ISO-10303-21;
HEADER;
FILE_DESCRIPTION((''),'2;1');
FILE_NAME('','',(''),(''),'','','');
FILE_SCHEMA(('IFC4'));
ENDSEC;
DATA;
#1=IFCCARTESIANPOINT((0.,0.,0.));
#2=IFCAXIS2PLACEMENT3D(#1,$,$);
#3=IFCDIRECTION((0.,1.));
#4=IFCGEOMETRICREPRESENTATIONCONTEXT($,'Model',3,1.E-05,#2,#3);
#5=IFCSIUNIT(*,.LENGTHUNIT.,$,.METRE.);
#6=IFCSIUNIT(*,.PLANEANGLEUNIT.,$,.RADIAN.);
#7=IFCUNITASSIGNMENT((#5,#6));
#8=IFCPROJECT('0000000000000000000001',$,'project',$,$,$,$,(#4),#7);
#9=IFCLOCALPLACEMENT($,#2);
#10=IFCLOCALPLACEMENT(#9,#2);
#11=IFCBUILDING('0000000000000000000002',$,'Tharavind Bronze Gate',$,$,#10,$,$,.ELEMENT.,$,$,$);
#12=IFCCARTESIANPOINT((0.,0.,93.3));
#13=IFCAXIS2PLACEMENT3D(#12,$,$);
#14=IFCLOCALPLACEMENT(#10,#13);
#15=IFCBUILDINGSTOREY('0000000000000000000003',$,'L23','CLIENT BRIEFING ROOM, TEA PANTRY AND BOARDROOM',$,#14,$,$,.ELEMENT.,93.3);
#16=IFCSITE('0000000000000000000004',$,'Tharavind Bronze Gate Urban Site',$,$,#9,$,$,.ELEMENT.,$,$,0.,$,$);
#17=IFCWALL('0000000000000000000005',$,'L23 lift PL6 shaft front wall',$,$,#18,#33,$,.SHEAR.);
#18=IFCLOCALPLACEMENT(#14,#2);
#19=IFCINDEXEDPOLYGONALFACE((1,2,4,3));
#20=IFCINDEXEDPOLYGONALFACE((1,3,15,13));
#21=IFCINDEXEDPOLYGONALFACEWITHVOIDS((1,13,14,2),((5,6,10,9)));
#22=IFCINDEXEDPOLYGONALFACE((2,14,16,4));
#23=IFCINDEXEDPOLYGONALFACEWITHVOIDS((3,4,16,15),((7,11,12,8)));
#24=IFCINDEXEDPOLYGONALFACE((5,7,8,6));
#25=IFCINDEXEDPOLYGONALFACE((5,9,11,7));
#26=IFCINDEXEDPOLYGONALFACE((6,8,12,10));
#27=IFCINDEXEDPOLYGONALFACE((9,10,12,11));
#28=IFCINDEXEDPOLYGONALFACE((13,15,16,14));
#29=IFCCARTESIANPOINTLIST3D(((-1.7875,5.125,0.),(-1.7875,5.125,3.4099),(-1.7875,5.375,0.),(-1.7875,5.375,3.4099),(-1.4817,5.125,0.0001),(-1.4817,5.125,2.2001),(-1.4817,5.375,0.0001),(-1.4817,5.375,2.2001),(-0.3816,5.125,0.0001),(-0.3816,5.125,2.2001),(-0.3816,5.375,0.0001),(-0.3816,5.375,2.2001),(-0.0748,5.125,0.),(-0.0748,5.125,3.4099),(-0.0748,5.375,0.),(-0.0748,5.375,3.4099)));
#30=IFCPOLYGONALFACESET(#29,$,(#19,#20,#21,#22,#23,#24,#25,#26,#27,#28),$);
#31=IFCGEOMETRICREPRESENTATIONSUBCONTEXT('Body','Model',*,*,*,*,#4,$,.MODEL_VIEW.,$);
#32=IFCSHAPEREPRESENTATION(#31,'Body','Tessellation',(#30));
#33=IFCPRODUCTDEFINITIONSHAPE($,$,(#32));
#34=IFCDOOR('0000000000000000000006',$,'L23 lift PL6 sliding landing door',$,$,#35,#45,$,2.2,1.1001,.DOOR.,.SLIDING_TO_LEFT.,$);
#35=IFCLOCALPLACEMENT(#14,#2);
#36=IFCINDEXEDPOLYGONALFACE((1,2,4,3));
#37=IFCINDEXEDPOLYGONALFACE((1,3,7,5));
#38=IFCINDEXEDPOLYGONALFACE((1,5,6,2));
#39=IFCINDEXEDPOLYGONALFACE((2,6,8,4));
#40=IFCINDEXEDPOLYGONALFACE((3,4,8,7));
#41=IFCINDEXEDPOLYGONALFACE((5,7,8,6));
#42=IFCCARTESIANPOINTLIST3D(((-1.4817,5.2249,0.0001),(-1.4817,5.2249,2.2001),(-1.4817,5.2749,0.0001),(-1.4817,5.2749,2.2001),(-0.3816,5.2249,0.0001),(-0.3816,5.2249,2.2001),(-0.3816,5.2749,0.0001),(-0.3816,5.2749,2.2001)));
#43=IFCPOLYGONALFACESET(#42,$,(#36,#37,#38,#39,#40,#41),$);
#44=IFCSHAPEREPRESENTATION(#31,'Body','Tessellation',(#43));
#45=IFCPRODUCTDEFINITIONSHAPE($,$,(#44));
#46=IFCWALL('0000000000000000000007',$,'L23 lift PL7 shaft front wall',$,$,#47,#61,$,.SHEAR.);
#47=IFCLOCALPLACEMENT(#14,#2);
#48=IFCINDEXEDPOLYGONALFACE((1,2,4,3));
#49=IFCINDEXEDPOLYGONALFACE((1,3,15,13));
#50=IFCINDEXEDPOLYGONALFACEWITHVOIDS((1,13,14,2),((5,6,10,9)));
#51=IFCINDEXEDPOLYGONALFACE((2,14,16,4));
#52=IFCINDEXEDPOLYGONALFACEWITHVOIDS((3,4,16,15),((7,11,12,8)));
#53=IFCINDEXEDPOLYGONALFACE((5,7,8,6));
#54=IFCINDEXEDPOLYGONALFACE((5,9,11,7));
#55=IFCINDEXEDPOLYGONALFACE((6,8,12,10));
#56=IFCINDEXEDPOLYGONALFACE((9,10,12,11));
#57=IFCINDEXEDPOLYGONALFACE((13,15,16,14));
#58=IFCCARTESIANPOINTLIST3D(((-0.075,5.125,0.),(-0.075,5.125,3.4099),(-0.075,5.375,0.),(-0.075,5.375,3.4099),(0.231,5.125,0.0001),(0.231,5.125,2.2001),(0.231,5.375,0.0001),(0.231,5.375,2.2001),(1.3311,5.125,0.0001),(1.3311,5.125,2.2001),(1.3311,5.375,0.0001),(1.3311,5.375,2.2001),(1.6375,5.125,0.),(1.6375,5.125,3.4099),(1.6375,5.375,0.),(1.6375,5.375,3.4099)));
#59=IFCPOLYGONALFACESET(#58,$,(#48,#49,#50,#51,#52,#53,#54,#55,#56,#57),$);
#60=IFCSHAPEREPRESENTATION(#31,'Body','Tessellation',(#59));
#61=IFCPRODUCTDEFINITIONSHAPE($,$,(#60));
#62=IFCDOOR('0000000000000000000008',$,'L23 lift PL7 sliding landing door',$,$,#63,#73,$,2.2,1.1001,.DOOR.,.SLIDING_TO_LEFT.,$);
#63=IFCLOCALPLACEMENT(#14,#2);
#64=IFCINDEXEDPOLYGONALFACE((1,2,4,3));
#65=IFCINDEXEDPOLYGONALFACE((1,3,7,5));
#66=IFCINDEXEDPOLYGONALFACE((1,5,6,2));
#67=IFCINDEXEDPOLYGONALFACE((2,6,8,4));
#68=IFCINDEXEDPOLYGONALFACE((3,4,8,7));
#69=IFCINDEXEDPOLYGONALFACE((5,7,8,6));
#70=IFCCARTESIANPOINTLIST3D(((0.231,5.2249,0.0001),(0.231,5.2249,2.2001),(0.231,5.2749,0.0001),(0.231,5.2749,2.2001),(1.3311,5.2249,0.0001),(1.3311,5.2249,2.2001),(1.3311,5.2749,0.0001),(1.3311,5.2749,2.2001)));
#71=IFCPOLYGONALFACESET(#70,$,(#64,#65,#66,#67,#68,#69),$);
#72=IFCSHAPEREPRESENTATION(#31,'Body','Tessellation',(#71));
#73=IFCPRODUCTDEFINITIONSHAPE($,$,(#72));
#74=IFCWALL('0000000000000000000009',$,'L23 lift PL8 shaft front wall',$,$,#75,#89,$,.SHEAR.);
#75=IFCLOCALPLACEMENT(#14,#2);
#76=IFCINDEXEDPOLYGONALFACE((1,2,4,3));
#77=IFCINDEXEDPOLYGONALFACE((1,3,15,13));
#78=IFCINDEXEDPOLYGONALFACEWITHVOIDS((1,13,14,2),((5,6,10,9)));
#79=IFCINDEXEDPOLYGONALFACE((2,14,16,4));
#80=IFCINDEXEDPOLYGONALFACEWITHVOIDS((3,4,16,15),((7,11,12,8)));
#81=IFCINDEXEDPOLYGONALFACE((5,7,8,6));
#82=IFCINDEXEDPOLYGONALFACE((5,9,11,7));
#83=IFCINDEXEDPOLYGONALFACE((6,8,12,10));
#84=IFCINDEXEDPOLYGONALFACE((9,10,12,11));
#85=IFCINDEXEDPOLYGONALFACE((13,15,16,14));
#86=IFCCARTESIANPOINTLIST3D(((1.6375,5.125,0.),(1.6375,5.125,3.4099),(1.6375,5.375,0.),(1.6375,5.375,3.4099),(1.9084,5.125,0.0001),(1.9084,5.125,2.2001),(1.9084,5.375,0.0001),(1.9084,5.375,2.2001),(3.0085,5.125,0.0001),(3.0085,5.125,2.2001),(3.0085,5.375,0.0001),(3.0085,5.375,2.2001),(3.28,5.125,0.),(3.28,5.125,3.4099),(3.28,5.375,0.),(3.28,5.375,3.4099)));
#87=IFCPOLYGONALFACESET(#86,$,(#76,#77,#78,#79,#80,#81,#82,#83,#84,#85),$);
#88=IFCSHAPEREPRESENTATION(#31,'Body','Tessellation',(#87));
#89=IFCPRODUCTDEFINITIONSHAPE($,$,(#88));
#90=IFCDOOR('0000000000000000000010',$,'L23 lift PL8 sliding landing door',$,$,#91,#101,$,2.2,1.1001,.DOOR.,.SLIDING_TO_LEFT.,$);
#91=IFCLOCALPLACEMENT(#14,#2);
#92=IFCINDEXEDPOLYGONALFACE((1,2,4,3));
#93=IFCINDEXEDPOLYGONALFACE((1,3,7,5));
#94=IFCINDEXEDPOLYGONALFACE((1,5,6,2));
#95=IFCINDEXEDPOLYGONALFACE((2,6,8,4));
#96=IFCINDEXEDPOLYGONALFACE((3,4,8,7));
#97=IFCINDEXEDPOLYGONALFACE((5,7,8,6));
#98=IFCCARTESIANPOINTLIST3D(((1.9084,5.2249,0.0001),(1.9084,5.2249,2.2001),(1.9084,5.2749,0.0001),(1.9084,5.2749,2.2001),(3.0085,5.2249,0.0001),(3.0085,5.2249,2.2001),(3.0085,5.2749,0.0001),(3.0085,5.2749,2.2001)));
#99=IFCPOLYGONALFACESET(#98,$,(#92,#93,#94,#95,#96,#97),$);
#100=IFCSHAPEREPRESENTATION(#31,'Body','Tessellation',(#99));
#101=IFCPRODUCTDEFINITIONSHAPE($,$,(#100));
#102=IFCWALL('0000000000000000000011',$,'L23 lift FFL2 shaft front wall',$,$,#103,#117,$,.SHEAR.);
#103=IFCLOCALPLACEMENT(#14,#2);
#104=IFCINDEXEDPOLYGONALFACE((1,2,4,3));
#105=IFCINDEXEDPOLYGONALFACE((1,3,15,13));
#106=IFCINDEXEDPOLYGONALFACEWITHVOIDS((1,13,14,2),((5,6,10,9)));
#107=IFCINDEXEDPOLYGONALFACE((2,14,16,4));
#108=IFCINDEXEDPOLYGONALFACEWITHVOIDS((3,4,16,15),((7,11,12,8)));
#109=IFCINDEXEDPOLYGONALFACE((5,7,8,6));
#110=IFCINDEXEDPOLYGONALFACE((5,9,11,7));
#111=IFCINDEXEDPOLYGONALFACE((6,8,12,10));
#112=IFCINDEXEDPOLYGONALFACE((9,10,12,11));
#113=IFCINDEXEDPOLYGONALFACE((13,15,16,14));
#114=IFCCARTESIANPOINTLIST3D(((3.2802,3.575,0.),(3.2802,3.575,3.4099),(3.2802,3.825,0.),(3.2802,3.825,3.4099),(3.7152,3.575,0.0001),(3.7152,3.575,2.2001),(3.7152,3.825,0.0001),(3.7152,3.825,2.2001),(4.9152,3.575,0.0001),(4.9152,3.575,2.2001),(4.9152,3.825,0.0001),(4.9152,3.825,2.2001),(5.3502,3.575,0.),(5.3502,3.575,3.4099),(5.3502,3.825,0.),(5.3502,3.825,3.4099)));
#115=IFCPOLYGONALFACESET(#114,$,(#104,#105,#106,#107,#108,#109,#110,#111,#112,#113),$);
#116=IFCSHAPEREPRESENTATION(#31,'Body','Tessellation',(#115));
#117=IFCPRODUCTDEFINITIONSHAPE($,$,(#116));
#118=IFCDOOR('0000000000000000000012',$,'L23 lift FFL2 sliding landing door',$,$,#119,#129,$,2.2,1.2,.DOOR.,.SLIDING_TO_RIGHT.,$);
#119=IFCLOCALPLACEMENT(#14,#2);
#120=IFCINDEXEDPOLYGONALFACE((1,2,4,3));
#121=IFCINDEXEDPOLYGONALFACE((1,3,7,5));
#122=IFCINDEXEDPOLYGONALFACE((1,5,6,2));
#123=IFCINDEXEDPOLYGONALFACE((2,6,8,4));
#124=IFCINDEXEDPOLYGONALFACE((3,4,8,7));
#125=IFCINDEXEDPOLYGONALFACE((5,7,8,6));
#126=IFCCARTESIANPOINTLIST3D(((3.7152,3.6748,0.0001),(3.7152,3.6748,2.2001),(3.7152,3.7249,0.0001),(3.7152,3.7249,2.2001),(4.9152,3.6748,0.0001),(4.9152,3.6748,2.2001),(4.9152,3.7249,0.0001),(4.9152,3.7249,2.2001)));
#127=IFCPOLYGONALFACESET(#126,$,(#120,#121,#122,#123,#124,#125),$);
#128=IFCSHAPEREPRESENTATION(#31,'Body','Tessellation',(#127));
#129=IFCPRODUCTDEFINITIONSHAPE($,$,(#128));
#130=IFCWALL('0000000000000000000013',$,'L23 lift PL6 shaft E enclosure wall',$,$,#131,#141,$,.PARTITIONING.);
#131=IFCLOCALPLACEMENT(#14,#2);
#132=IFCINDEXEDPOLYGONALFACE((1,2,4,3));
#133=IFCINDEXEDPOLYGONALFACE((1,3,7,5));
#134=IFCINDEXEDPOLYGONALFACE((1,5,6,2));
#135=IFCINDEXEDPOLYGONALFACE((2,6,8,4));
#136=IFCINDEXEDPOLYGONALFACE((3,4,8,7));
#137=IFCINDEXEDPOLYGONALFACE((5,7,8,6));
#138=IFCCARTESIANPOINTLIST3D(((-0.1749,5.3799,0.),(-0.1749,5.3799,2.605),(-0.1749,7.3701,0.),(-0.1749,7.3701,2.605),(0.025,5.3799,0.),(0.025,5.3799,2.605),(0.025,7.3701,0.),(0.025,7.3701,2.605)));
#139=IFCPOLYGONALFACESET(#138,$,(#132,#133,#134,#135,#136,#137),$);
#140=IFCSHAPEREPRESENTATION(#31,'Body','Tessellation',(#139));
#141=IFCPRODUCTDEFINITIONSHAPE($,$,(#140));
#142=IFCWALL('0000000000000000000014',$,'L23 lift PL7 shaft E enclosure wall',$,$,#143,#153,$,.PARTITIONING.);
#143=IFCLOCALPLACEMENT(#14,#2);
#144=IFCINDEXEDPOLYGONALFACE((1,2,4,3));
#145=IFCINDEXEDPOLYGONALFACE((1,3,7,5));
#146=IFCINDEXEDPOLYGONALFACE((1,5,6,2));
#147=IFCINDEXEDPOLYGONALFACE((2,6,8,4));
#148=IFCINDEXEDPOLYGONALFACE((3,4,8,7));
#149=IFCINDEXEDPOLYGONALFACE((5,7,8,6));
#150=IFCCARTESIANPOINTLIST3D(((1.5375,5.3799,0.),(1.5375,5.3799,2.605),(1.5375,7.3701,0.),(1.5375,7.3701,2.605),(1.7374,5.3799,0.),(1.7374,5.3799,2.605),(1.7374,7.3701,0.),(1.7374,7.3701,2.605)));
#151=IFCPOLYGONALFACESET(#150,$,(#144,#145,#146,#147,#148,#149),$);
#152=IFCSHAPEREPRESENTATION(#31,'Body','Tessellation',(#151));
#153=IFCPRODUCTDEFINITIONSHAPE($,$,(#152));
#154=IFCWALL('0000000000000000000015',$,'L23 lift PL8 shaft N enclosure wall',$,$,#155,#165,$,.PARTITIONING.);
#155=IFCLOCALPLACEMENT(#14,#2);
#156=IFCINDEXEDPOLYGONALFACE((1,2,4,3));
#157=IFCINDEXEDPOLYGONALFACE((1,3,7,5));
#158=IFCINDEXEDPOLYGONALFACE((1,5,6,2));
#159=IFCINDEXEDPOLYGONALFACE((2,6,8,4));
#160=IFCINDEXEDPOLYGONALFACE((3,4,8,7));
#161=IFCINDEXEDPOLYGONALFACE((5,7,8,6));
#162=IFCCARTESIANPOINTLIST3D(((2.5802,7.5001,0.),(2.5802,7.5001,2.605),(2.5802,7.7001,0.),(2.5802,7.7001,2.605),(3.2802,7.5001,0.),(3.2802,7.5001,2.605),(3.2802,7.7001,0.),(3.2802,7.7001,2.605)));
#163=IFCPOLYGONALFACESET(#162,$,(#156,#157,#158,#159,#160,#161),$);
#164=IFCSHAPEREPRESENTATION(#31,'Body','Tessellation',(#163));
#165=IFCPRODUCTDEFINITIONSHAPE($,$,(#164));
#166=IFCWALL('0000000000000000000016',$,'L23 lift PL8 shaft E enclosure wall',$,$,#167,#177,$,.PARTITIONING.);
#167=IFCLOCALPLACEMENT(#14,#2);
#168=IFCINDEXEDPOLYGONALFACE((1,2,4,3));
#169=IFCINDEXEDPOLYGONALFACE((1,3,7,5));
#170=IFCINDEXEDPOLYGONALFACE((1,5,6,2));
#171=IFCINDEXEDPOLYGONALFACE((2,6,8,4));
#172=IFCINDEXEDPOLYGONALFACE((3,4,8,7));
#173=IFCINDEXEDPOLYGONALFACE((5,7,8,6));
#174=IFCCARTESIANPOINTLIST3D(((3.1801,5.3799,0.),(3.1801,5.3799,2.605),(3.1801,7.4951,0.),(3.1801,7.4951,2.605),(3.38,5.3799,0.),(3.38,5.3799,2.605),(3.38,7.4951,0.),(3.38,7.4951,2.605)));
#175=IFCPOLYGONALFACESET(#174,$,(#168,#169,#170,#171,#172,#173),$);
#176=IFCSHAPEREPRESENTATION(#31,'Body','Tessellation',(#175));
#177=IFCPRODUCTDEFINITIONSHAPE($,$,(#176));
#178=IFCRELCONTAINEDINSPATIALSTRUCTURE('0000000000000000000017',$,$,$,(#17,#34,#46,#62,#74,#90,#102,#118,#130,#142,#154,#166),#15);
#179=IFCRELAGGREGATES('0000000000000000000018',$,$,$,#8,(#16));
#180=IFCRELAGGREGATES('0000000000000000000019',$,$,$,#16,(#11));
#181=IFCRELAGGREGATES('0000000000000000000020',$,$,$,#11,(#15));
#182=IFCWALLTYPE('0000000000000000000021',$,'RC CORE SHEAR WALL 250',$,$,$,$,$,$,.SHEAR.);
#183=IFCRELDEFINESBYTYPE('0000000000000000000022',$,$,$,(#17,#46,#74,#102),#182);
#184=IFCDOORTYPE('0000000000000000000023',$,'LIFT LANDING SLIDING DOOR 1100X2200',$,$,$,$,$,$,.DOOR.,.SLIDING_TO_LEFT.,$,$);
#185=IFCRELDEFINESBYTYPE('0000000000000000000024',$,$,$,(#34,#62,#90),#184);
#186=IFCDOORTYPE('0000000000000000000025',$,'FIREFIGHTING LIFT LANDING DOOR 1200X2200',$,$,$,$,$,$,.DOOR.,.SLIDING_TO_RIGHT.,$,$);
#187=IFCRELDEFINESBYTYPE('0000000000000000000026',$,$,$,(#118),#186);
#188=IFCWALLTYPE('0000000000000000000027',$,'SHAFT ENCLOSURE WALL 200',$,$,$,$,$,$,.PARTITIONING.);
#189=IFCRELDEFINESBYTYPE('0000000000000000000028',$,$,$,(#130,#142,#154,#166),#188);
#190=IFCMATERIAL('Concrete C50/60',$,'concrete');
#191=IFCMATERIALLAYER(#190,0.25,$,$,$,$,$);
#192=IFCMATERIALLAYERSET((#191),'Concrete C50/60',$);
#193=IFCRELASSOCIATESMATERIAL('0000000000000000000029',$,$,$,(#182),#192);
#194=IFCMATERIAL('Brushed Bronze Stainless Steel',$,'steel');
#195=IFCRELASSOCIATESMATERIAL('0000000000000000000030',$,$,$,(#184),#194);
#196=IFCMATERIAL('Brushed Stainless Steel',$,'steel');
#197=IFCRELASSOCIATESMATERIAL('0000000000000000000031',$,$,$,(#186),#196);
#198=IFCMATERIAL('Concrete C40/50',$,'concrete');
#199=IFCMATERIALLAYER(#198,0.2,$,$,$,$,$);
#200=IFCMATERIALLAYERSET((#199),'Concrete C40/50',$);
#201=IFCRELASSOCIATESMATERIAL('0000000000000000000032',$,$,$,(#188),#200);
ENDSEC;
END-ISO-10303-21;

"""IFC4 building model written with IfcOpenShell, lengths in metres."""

from ifc_helpers import new_model, si_unit, direction, frame, frame_2d, origin, place, context, subcontext, project, spatial, rectangle, extrude, material, layer, layer_set, type_object, element, fill, save


model = new_model("IFC4")

# Units and contexts
model_context = context("Model", 3, precision=1e-05, world=origin(), true_north=direction((0.0, 1.0)))
body_context = subcontext(model_context, "Body", "Model", "MODEL_VIEW")
ifc_project = project(units=[si_unit("LENGTHUNIT", "METRE"), si_unit("PLANEANGLEUNIT", "RADIAN")], contexts=[model_context])

# Site, building, storey
site_placement = place(None, origin())
site = spatial("IfcSite", under=ifc_project, at=site_placement, Name="Tharavind Bronze Gate Urban Site", CompositionType="ELEMENT", RefElevation=0.0)
building_placement = place(site_placement, origin())
building = spatial("IfcBuilding", under=site, at=building_placement, Name="Tharavind Bronze Gate", CompositionType="ELEMENT")
storey_placement = place(building_placement, frame((0.0, 0.0, 93.3)))
storey = spatial("IfcBuildingStorey", under=building, at=storey_placement, Name="L23", Description="CLIENT BRIEFING ROOM, TEA PANTRY AND BOARDROOM", CompositionType="ELEMENT", Elevation=93.3)

# Walls, openings, doors
ifc_material_1 = material(Name="Concrete C50/60", Category="concrete")
ifc_layer_1 = layer(ifc_material_1, 0.25)
ifc_layer_set_1 = layer_set([ifc_layer_1], Name="Concrete C50/60")
wall_type_1 = type_object("IfcWallType", Name="RC CORE SHEAR WALL 250", PredefinedType="SHEAR", material=ifc_layer_set_1)
wall_1_placement = place(storey_placement, frame((-1.7876, 5.25, 0.0), z_axis=(0.0, 0.0, 1.0), x_axis=(1.0, 0.0, 0.0)))
wall_1 = element("IfcWall", 1, at=wall_1_placement, inside=storey, type_object=wall_type_1, Name="L23 lift PL6 shaft front wall", PredefinedType="SHEAR", context=body_context, shape_type="SweptSolid", body=[
    extrude(rectangle(XDim=1.7126, YDim=0.25, at=frame_2d((0.8564, 0.0))), origin(), (0.0, 0.0, 1.0), 3.4099),
])
opening_1_placement = place(wall_1_placement, frame((0.3059, 0.0, 0.0)))
opening_1 = element("IfcOpeningElement", 2, at=opening_1_placement, cuts=wall_1, PredefinedType="OPENING", context=body_context, shape_type="SweptSolid", body=[
    extrude(rectangle(XDim=1.1001, YDim=2.2, at=frame_2d((0.55, 1.1001))), frame((0.0, 0.135, 0.0), z_axis=(0.0, -1.0, 0.0), x_axis=(1.0, 0.0, 0.0)), (0.0, 0.0, 1.0), 0.27),
])
ifc_material_2 = material(Name="Brushed Bronze Stainless Steel", Category="steel")
door_type_1 = type_object("IfcDoorType", Name="LIFT LANDING SLIDING DOOR 1100X2200", OperationType="SLIDING_TO_LEFT", PredefinedType="DOOR", material=ifc_material_2)
door_1_placement = place(opening_1_placement, origin())
door_1 = element("IfcDoor", 3, at=door_1_placement, inside=storey, type_object=door_type_1, Name="L23 lift PL6 sliding landing door", OperationType="SLIDING_TO_LEFT", OverallHeight=2.2, OverallWidth=1.1001, PredefinedType="DOOR", context=body_context, shape_type="SweptSolid", body=[
    extrude(rectangle(XDim=1.1001, YDim=2.2, at=frame_2d((0.55, 1.1001))), frame((0.0, 0.0249, 0.0), z_axis=(0.0, -1.0, 0.0), x_axis=(1.0, 0.0, 0.0)), (0.0, 0.0, 1.0), 0.05),
])
fill(opening_1, door_1)
wall_2_placement = place(storey_placement, frame((-0.075, 5.25, 0.0), z_axis=(0.0, 0.0, 1.0), x_axis=(1.0, 0.0, 0.0)))
wall_2 = element("IfcWall", 4, at=wall_2_placement, inside=storey, type_object=wall_type_1, Name="L23 lift PL7 shaft front wall", PredefinedType="SHEAR", context=body_context, shape_type="SweptSolid", body=[
    extrude(rectangle(XDim=1.7124, YDim=0.25, at=frame_2d((0.8562, 0.0))), origin(), (0.0, 0.0, 1.0), 3.4099),
])
opening_2_placement = place(wall_2_placement, frame((0.3059, 0.0, 0.0)))
opening_2 = element("IfcOpeningElement", 5, at=opening_2_placement, cuts=wall_2, PredefinedType="OPENING", context=body_context, shape_type="SweptSolid", body=[
    extrude(rectangle(XDim=1.1001, YDim=2.2, at=frame_2d((0.55, 1.1001))), frame((0.0, 0.135, 0.0), z_axis=(0.0, -1.0, 0.0), x_axis=(1.0, 0.0, 0.0)), (0.0, 0.0, 1.0), 0.27),
])
door_2_placement = place(opening_2_placement, origin())
door_2 = element("IfcDoor", 6, at=door_2_placement, inside=storey, type_object=door_type_1, Name="L23 lift PL7 sliding landing door", OperationType="SLIDING_TO_LEFT", OverallHeight=2.2, OverallWidth=1.1001, PredefinedType="DOOR", context=body_context, shape_type="SweptSolid", body=[
    extrude(rectangle(XDim=1.1001, YDim=2.2, at=frame_2d((0.55, 1.1001))), frame((0.0, 0.0249, 0.0), z_axis=(0.0, -1.0, 0.0), x_axis=(1.0, 0.0, 0.0)), (0.0, 0.0, 1.0), 0.05),
])
fill(opening_2, door_2)
wall_3_placement = place(storey_placement, frame((1.6375, 5.25, 0.0), z_axis=(0.0, 0.0, 1.0), x_axis=(1.0, 0.0, 0.0)))
wall_3 = element("IfcWall", 7, at=wall_3_placement, inside=storey, type_object=wall_type_1, Name="L23 lift PL8 shaft front wall", PredefinedType="SHEAR", context=body_context, shape_type="SweptSolid", body=[
    extrude(rectangle(XDim=1.6426, YDim=0.25, at=frame_2d((0.8213, 0.0))), origin(), (0.0, 0.0, 1.0), 3.4099),
])
opening_3_placement = place(wall_3_placement, frame((0.271, 0.0, 0.0)))
opening_3 = element("IfcOpeningElement", 8, at=opening_3_placement, cuts=wall_3, PredefinedType="OPENING", context=body_context, shape_type="SweptSolid", body=[
    extrude(rectangle(XDim=1.1001, YDim=2.2, at=frame_2d((0.55, 1.1001))), frame((0.0, 0.135, 0.0), z_axis=(0.0, -1.0, 0.0), x_axis=(1.0, 0.0, 0.0)), (0.0, 0.0, 1.0), 0.27),
])
door_3_placement = place(opening_3_placement, origin())
door_3 = element("IfcDoor", 9, at=door_3_placement, inside=storey, type_object=door_type_1, Name="L23 lift PL8 sliding landing door", OperationType="SLIDING_TO_LEFT", OverallHeight=2.2, OverallWidth=1.1001, PredefinedType="DOOR", context=body_context, shape_type="SweptSolid", body=[
    extrude(rectangle(XDim=1.1001, YDim=2.2, at=frame_2d((0.55, 1.1001))), frame((0.0, 0.0249, 0.0), z_axis=(0.0, -1.0, 0.0), x_axis=(1.0, 0.0, 0.0)), (0.0, 0.0, 1.0), 0.05),
])
fill(opening_3, door_3)
wall_4_placement = place(storey_placement, frame((3.28, 3.7, 0.0), z_axis=(0.0, 0.0, 1.0), x_axis=(1.0, 0.0, 0.0)))
wall_4 = element("IfcWall", 10, at=wall_4_placement, inside=storey, type_object=wall_type_1, Name="L23 lift FFL2 shaft front wall", PredefinedType="SHEAR", context=body_context, shape_type="SweptSolid", body=[
    extrude(rectangle(XDim=2.0701, YDim=0.25, at=frame_2d((1.0352, 0.0))), origin(), (0.0, 0.0, 1.0), 3.4099),
])
opening_4_placement = place(wall_4_placement, frame((0.4351, 0.0, 0.0)))
opening_4 = element("IfcOpeningElement", 11, at=opening_4_placement, cuts=wall_4, PredefinedType="OPENING", context=body_context, shape_type="SweptSolid", body=[
    extrude(rectangle(XDim=1.2, YDim=2.2, at=frame_2d((0.6001, 1.1001))), frame((0.0, 0.135, 0.0), z_axis=(0.0, -1.0, 0.0), x_axis=(1.0, 0.0, 0.0)), (0.0, 0.0, 1.0), 0.27),
])
ifc_material_3 = material(Name="Brushed Stainless Steel", Category="steel")
door_type_2 = type_object("IfcDoorType", Name="FIREFIGHTING LIFT LANDING DOOR 1200X2200", OperationType="SLIDING_TO_RIGHT", PredefinedType="DOOR", material=ifc_material_3)
door_4_placement = place(opening_4_placement, origin())
door_4 = element("IfcDoor", 12, at=door_4_placement, inside=storey, type_object=door_type_2, Name="L23 lift FFL2 sliding landing door", OperationType="SLIDING_TO_RIGHT", OverallHeight=2.2, OverallWidth=1.2, PredefinedType="DOOR", context=body_context, shape_type="SweptSolid", body=[
    extrude(rectangle(XDim=1.2, YDim=2.2, at=frame_2d((0.6001, 1.1001))), frame((0.0, 0.0249, 0.0), z_axis=(0.0, -1.0, 0.0), x_axis=(1.0, 0.0, 0.0)), (0.0, 0.0, 1.0), 0.05),
])
fill(opening_4, door_4)

# Walls
ifc_material_4 = material(Name="Concrete C40/50", Category="concrete")
ifc_layer_2 = layer(ifc_material_4, 0.2)
ifc_layer_set_2 = layer_set([ifc_layer_2], Name="Concrete C40/50")
wall_type_2 = type_object("IfcWallType", Name="SHAFT ENCLOSURE WALL 200", PredefinedType="PARTITIONING", material=ifc_layer_set_2)
for number, where, z_axis, x_axis, name in (
    (13, (-0.075, 5.3799, 0.0), (0.0, 0.0, 1.0), (0.0, 1.0, 0.0), "L23 lift PL6 shaft E enclosure wall"),
    (14, (1.6375, 5.3799, 0.0), (0.0, 0.0, 1.0), (0.0, 1.0, 0.0), "L23 lift PL7 shaft E enclosure wall"),
):
    element("IfcWall", number, at=place(storey_placement, frame(where, z_axis=z_axis, x_axis=x_axis)), inside=storey, type_object=wall_type_2, Name=name, PredefinedType="PARTITIONING", context=body_context, shape_type="SweptSolid", body=[
        extrude(rectangle(XDim=1.9902, YDim=0.2, at=frame_2d((0.9951, 0.0))), origin(), (0.0, 0.0, 1.0), 2.605),
    ])
wall_5_placement = place(storey_placement, frame((2.5801, 7.6001, 0.0), z_axis=(0.0, 0.0, 1.0), x_axis=(1.0, 0.0, 0.0)))
element("IfcWall", 15, at=wall_5_placement, inside=storey, type_object=wall_type_2, Name="L23 lift PL8 shaft N enclosure wall", PredefinedType="PARTITIONING", context=body_context, shape_type="SweptSolid", body=[
    extrude(rectangle(XDim=0.7, YDim=0.2, at=frame_2d((0.3501, 0.0))), origin(), (0.0, 0.0, 1.0), 2.605),
])
wall_6_placement = place(storey_placement, frame((3.28, 5.3799, 0.0), z_axis=(0.0, 0.0, 1.0), x_axis=(0.0, 1.0, 0.0)))
element("IfcWall", 16, at=wall_6_placement, inside=storey, type_object=wall_type_2, Name="L23 lift PL8 shaft E enclosure wall", PredefinedType="PARTITIONING", context=body_context, shape_type="SweptSolid", body=[
    extrude(rectangle(XDim=2.1152, YDim=0.2, at=frame_2d((1.0576, 0.0))), origin(), (0.0, 0.0, 1.0), 2.605),
])

save(model, "model.ifc")
